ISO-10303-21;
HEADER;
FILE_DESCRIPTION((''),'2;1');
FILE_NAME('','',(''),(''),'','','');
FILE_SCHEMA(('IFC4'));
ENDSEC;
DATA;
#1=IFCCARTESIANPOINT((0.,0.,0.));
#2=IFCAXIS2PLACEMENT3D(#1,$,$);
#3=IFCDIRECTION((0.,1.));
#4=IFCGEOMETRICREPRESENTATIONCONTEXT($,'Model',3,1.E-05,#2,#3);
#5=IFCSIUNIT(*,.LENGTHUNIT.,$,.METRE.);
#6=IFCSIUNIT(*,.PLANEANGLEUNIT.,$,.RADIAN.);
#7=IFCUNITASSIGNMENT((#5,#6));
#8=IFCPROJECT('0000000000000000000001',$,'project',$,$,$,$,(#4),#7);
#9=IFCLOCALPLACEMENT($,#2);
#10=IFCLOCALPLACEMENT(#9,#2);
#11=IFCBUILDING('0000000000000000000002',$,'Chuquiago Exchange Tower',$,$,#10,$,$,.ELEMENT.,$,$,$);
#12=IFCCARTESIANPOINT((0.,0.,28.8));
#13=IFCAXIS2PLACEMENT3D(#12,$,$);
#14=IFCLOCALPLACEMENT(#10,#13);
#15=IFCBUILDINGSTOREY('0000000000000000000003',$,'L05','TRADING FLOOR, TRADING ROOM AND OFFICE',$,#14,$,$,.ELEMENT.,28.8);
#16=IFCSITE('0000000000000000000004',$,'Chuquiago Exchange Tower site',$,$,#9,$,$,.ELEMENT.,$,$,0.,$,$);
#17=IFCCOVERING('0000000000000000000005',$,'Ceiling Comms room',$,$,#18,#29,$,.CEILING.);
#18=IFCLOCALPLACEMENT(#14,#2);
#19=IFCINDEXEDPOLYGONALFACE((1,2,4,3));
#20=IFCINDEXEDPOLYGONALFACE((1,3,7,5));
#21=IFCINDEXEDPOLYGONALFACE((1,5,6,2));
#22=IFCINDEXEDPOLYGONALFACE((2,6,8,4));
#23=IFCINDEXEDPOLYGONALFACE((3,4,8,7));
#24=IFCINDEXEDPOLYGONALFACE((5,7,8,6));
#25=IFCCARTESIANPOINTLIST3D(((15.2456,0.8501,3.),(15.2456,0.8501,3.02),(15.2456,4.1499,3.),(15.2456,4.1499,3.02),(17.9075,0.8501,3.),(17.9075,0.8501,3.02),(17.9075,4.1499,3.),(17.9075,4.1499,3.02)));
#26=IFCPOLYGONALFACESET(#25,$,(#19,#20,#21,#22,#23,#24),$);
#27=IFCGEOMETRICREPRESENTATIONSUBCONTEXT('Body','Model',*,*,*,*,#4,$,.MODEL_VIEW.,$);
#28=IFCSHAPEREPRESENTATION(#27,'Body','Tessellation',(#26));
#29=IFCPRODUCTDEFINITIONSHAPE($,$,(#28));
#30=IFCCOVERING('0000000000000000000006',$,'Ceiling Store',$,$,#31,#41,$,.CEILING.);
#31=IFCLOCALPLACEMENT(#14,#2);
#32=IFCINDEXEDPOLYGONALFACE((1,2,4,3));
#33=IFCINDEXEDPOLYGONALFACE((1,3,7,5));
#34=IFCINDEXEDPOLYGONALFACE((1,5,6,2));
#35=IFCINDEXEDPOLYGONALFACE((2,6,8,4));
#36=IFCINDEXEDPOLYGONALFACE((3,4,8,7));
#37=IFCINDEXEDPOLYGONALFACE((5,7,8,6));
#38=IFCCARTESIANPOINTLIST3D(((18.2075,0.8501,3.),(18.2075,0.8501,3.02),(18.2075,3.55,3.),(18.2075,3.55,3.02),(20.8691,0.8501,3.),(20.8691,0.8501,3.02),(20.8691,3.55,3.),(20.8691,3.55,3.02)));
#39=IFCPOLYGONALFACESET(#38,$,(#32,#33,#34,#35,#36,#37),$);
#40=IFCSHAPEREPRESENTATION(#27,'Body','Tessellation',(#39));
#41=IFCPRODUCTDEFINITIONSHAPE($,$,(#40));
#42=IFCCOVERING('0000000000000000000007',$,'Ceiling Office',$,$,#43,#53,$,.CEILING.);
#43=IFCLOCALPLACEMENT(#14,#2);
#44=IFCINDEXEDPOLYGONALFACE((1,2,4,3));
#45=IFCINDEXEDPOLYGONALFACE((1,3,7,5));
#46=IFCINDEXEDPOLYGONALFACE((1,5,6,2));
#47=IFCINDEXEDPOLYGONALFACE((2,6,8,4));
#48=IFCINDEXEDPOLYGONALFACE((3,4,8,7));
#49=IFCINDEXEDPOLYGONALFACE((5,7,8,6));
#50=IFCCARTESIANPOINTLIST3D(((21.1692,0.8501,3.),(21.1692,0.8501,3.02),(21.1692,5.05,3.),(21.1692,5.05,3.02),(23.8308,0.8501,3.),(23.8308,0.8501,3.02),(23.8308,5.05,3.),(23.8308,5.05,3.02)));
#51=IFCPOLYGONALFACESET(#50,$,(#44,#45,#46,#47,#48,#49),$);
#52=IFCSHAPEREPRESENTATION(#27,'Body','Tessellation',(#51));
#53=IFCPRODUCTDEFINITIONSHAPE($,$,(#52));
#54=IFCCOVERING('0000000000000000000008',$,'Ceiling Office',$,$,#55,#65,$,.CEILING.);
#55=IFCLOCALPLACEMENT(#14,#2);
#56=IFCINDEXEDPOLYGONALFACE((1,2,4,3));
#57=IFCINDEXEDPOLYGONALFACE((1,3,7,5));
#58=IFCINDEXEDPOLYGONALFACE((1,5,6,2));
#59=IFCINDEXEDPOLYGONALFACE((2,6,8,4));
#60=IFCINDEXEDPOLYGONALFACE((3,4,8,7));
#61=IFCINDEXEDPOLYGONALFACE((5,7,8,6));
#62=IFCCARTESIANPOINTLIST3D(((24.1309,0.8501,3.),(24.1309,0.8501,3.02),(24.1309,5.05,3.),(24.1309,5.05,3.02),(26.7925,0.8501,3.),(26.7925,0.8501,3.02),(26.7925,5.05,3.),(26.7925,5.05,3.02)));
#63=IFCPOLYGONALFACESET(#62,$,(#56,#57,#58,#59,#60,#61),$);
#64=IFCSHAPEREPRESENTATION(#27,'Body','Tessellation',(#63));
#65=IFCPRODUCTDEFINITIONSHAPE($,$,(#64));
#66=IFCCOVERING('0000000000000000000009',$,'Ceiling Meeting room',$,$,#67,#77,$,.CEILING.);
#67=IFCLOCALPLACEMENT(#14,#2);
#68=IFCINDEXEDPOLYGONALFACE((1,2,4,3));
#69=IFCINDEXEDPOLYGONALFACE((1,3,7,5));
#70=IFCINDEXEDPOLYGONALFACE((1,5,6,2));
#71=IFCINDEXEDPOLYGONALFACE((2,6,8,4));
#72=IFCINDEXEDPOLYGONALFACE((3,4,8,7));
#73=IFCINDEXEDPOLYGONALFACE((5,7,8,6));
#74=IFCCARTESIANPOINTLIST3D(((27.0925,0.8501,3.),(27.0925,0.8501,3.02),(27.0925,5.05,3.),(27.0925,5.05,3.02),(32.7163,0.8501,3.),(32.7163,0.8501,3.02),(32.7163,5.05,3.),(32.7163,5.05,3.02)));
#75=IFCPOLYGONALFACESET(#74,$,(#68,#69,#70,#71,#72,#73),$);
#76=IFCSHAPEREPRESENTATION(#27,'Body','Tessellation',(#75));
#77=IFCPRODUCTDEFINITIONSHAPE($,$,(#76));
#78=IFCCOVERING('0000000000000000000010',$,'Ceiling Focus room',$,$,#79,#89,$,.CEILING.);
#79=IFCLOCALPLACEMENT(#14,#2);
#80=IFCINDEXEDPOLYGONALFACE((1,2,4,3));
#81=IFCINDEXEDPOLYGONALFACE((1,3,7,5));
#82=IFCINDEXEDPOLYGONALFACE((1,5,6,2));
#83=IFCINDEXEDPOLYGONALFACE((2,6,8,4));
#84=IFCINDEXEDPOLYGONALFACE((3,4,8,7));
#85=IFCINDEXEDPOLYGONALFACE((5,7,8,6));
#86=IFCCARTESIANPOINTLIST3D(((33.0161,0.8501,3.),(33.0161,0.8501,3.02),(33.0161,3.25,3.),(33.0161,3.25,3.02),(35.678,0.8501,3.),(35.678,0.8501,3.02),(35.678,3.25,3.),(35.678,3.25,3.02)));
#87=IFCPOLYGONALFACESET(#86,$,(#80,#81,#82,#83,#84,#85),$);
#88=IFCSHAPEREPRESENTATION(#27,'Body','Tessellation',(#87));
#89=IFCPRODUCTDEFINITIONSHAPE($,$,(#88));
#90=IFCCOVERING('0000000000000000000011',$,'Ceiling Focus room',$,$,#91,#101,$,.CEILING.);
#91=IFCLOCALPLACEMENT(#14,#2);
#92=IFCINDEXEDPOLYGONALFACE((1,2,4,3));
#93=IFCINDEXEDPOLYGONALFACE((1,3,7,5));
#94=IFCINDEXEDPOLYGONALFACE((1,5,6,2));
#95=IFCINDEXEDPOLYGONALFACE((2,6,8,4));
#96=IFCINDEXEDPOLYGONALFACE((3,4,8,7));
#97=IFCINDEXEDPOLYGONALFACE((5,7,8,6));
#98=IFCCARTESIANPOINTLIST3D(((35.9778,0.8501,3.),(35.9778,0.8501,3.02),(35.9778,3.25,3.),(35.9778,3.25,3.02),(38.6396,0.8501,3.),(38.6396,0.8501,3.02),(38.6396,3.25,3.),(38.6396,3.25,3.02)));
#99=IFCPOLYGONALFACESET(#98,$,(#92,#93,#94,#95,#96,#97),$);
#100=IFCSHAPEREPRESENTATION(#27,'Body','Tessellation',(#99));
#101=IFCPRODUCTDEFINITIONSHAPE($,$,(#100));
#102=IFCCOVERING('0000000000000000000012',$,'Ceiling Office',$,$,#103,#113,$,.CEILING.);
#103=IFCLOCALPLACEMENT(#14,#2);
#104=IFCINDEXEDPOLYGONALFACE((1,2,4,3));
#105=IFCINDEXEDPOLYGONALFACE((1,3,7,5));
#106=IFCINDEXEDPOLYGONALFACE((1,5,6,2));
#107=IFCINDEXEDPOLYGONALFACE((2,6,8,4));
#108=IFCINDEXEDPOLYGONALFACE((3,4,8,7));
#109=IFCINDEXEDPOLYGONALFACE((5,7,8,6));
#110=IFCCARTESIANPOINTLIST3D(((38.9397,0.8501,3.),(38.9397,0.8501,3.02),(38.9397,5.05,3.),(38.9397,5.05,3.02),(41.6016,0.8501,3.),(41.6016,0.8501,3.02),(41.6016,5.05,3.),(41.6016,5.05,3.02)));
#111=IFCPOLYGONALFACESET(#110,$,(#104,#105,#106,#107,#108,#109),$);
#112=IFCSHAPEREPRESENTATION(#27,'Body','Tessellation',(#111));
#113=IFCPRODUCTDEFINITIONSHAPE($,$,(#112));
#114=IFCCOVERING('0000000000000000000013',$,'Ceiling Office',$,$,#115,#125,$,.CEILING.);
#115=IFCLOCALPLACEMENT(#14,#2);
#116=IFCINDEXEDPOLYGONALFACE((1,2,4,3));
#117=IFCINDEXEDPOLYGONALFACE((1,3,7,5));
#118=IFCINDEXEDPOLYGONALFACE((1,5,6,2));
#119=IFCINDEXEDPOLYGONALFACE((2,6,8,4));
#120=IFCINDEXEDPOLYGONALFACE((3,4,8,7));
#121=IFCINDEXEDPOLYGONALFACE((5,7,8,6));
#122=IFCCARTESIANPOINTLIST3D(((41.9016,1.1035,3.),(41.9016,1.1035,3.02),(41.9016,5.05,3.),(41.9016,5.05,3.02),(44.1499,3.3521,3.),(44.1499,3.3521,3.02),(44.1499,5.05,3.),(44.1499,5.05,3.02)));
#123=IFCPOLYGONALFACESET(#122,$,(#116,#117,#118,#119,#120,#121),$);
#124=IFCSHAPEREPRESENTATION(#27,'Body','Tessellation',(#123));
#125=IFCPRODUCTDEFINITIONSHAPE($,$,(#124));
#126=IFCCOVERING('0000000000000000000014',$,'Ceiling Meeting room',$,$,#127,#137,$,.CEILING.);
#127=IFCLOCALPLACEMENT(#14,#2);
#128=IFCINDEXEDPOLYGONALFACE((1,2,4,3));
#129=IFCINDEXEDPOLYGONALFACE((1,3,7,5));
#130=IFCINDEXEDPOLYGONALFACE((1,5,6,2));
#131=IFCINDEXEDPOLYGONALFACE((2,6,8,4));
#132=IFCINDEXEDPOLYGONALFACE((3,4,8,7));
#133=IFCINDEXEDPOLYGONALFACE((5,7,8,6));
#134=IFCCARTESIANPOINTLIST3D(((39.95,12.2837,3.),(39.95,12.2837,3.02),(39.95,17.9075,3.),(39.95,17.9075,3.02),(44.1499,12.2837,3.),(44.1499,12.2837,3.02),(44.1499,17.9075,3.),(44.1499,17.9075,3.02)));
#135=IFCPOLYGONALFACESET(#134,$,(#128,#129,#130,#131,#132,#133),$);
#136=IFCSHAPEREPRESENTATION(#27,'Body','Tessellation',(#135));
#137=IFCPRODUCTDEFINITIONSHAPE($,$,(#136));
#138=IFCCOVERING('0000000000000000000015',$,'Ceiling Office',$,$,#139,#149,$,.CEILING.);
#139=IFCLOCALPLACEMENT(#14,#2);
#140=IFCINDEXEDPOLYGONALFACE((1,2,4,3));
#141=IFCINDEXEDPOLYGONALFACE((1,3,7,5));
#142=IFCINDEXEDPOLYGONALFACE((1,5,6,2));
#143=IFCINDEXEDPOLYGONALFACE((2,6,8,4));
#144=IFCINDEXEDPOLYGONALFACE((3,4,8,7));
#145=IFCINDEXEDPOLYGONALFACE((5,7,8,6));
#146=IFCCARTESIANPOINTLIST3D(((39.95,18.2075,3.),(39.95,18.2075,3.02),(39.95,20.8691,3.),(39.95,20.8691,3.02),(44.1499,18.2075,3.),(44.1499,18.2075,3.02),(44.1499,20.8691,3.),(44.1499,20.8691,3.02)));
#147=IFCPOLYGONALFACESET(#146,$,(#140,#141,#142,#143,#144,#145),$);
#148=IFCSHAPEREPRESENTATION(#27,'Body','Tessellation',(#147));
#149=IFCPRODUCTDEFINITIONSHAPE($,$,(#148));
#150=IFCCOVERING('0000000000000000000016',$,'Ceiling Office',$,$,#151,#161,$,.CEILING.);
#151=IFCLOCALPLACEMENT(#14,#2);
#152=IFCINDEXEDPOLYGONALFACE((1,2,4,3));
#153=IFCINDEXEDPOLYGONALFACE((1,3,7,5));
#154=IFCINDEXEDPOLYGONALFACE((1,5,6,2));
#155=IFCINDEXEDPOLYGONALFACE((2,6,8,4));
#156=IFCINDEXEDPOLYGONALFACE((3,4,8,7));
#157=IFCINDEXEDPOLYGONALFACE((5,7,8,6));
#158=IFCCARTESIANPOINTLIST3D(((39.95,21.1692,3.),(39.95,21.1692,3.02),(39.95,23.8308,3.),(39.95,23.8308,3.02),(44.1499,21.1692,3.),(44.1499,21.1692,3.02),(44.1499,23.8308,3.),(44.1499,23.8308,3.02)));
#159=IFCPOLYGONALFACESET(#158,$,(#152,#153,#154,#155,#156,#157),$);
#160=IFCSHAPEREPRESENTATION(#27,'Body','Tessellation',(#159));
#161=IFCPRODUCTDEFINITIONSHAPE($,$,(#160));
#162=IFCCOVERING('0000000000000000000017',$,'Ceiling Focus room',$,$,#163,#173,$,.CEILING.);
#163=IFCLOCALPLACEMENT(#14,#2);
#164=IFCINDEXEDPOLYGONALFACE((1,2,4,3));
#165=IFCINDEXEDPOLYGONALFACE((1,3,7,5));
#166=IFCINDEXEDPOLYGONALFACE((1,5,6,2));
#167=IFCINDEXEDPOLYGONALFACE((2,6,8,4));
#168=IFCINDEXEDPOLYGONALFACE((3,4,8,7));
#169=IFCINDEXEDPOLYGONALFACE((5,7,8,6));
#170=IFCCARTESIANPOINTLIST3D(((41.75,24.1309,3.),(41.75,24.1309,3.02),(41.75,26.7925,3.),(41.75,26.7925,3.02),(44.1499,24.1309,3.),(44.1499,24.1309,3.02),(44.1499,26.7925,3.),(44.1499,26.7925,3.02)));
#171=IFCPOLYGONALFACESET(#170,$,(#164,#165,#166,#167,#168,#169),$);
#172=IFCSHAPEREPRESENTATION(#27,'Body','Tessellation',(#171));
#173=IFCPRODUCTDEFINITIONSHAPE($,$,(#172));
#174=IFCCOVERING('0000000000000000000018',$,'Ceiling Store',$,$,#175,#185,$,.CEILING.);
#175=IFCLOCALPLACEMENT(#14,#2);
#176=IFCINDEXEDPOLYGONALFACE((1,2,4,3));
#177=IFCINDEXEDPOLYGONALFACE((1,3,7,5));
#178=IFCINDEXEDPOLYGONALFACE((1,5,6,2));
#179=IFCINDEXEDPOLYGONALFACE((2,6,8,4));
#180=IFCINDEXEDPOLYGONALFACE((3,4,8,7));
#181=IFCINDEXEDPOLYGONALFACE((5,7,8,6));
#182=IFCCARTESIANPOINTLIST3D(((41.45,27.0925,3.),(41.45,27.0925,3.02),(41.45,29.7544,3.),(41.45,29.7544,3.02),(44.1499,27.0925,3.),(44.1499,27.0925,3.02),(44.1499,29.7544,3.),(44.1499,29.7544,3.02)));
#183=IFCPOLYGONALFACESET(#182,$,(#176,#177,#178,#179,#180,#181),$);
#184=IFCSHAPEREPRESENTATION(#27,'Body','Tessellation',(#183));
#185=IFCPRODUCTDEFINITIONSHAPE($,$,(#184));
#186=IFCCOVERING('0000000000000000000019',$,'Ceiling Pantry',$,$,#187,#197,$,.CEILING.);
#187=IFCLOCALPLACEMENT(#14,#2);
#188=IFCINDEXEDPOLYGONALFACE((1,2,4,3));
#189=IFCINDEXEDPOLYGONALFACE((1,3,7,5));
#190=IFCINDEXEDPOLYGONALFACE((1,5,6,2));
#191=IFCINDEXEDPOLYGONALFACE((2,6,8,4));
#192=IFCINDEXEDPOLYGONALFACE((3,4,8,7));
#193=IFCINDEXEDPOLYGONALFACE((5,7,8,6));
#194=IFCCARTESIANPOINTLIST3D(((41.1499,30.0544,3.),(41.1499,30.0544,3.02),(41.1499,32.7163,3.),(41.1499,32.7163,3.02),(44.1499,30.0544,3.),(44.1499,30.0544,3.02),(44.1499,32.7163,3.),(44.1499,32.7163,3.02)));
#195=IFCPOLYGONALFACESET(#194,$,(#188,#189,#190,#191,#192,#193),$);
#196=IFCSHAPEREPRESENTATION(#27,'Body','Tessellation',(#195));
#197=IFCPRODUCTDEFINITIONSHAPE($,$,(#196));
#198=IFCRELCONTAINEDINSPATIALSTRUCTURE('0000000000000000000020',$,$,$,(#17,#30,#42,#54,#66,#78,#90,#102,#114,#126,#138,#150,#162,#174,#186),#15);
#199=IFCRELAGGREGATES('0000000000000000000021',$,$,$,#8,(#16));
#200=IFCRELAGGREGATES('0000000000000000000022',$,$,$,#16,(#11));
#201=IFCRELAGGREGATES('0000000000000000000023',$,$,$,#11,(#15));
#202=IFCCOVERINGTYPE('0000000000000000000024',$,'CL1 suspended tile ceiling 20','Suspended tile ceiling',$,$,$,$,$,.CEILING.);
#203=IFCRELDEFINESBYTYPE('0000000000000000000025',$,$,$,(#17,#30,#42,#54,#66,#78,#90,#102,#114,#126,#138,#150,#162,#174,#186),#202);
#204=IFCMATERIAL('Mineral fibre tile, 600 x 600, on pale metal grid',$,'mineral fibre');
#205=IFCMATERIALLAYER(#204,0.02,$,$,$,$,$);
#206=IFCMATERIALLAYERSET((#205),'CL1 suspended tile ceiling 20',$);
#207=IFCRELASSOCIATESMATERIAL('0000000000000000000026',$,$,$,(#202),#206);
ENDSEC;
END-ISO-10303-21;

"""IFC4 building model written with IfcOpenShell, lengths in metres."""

from ifc_helpers import new_model, si_unit, direction, frame, origin, place, context, subcontext, project, spatial, polyline, outline, extrude, material, layer, layer_set, type_object, element, save


model = new_model("IFC4")

# Units and contexts
model_context = context("Model", 3, precision=1e-05, world=origin(), true_north=direction((0.0, 1.0)))
body_context = subcontext(model_context, "Body", "Model", "MODEL_VIEW")
ifc_project = project(units=[si_unit("LENGTHUNIT", "METRE"), si_unit("PLANEANGLEUNIT", "RADIAN")], contexts=[model_context])

# Site, building, storey
site_placement = place(None, origin())
site = spatial("IfcSite", under=ifc_project, at=site_placement, Name="Chuquiago Exchange Tower site", CompositionType="ELEMENT", RefElevation=0.0)
building_placement = place(site_placement, origin())
building = spatial("IfcBuilding", under=site, at=building_placement, Name="Chuquiago Exchange Tower", CompositionType="ELEMENT")
storey_placement = place(building_placement, frame((0.0, 0.0, 28.8)))
storey = spatial("IfcBuildingStorey", under=building, at=storey_placement, Name="L05", Description="TRADING FLOOR, TRADING ROOM AND OFFICE", CompositionType="ELEMENT", Elevation=28.8)

# Coverings
ifc_material_1 = material(Name="Mineral fibre tile, 600 x 600, on pale metal grid", Category="mineral fibre")
ifc_layer_1 = layer(ifc_material_1, 0.02)
ifc_layer_set_1 = layer_set([ifc_layer_1], Name="CL1 suspended tile ceiling 20")
covering_type_1 = type_object("IfcCoveringType", Name="CL1 suspended tile ceiling 20", Description="Suspended tile ceiling", PredefinedType="CEILING", material=ifc_layer_set_1)
covering_1_placement = place(storey_placement, frame((0.0, 0.0, 3.0)))
element("IfcCovering", 1, at=covering_1_placement, inside=storey, type_object=covering_type_1, Name="Ceiling Comms room", PredefinedType="CEILING", context=body_context, shape_type="SweptSolid", body=[
    extrude(outline(polyline([(15.2456, 4.1499), (17.9075, 4.1499), (17.9075, 0.8501), (15.2456, 0.8501), (15.2456, 4.1499)])), origin(), (0.0, 0.0, 1.0), 0.02),
])
covering_2_placement = place(storey_placement, frame((0.0, 0.0, 3.0)))
element("IfcCovering", 2, at=covering_2_placement, inside=storey, type_object=covering_type_1, Name="Ceiling Store", PredefinedType="CEILING", context=body_context, shape_type="SweptSolid", body=[
    extrude(outline(polyline([(18.2075, 3.55), (20.8691, 3.55), (20.8691, 0.8501), (18.2075, 0.8501), (18.2075, 3.55)])), origin(), (0.0, 0.0, 1.0), 0.02),
])
covering_3_placement = place(storey_placement, frame((0.0, 0.0, 3.0)))
element("IfcCovering", 3, at=covering_3_placement, inside=storey, type_object=covering_type_1, Name="Ceiling Office", PredefinedType="CEILING", context=body_context, shape_type="SweptSolid", body=[
    extrude(outline(polyline([(21.1692, 5.05), (23.8308, 5.05), (23.8308, 0.8501), (21.1692, 0.8501), (21.1692, 5.05)])), origin(), (0.0, 0.0, 1.0), 0.02),
])
covering_4_placement = place(storey_placement, frame((0.0, 0.0, 3.0)))
element("IfcCovering", 4, at=covering_4_placement, inside=storey, type_object=covering_type_1, Name="Ceiling Office", PredefinedType="CEILING", context=body_context, shape_type="SweptSolid", body=[
    extrude(outline(polyline([(24.1309, 5.05), (26.7925, 5.05), (26.7925, 0.8501), (24.1309, 0.8501), (24.1309, 5.05)])), origin(), (0.0, 0.0, 1.0), 0.02),
])
covering_5_placement = place(storey_placement, frame((0.0, 0.0, 3.0)))
element("IfcCovering", 5, at=covering_5_placement, inside=storey, type_object=covering_type_1, Name="Ceiling Meeting room", PredefinedType="CEILING", context=body_context, shape_type="SweptSolid", body=[
    extrude(outline(polyline([(27.0925, 5.05), (32.7163, 5.05), (32.7163, 0.8501), (27.0925, 0.8501), (27.0925, 5.05)])), origin(), (0.0, 0.0, 1.0), 0.02),
])
covering_6_placement = place(storey_placement, frame((0.0, 0.0, 3.0)))
element("IfcCovering", 6, at=covering_6_placement, inside=storey, type_object=covering_type_1, Name="Ceiling Focus room", PredefinedType="CEILING", context=body_context, shape_type="SweptSolid", body=[
    extrude(outline(polyline([(33.0161, 3.25), (35.678, 3.25), (35.678, 0.8501), (33.0161, 0.8501), (33.0161, 3.25)])), origin(), (0.0, 0.0, 1.0), 0.02),
])
covering_7_placement = place(storey_placement, frame((0.0, 0.0, 3.0)))
element("IfcCovering", 7, at=covering_7_placement, inside=storey, type_object=covering_type_1, Name="Ceiling Focus room", PredefinedType="CEILING", context=body_context, shape_type="SweptSolid", body=[
    extrude(outline(polyline([(35.9778, 3.25), (38.6396, 3.25), (38.6396, 0.8501), (35.9778, 0.8501), (35.9778, 3.25)])), origin(), (0.0, 0.0, 1.0), 0.02),
])
covering_8_placement = place(storey_placement, frame((0.0, 0.0, 3.0)))
element("IfcCovering", 8, at=covering_8_placement, inside=storey, type_object=covering_type_1, Name="Ceiling Office", PredefinedType="CEILING", context=body_context, shape_type="SweptSolid", body=[
    extrude(outline(polyline([(38.9397, 0.8501), (38.9397, 5.05), (41.6016, 5.05), (41.6016, 0.8501), (38.9397, 0.8501)])), origin(), (0.0, 0.0, 1.0), 0.02),
])
covering_9_placement = place(storey_placement, frame((0.0, 0.0, 3.0)))
element("IfcCovering", 9, at=covering_9_placement, inside=storey, type_object=covering_type_1, Name="Ceiling Office", PredefinedType="CEILING", context=body_context, shape_type="SweptSolid", body=[
    extrude(outline(polyline([(41.9016, 1.1035), (41.9016, 5.05), (44.1499, 5.05), (44.1499, 3.3521), (41.9016, 1.1035)])), origin(), (0.0, 0.0, 1.0), 0.02),
])
covering_10_placement = place(storey_placement, frame((0.0, 0.0, 3.0)))
element("IfcCovering", 10, at=covering_10_placement, inside=storey, type_object=covering_type_1, Name="Ceiling Meeting room", PredefinedType="CEILING", context=body_context, shape_type="SweptSolid", body=[
    extrude(outline(polyline([(39.95, 12.2837), (39.95, 17.9075), (44.1499, 17.9075), (44.1499, 12.2837), (39.95, 12.2837)])), origin(), (0.0, 0.0, 1.0), 0.02),
])
covering_11_placement = place(storey_placement, frame((0.0, 0.0, 3.0)))
element("IfcCovering", 11, at=covering_11_placement, inside=storey, type_object=covering_type_1, Name="Ceiling Office", PredefinedType="CEILING", context=body_context, shape_type="SweptSolid", body=[
    extrude(outline(polyline([(39.95, 18.2075), (39.95, 20.8691), (44.1499, 20.8691), (44.1499, 18.2075), (39.95, 18.2075)])), origin(), (0.0, 0.0, 1.0), 0.02),
])
covering_12_placement = place(storey_placement, frame((0.0, 0.0, 3.0)))
element("IfcCovering", 12, at=covering_12_placement, inside=storey, type_object=covering_type_1, Name="Ceiling Office", PredefinedType="CEILING", context=body_context, shape_type="SweptSolid", body=[
    extrude(outline(polyline([(39.95, 21.1692), (39.95, 23.8308), (44.1499, 23.8308), (44.1499, 21.1692), (39.95, 21.1692)])), origin(), (0.0, 0.0, 1.0), 0.02),
])
covering_13_placement = place(storey_placement, frame((0.0, 0.0, 3.0)))
element("IfcCovering", 13, at=covering_13_placement, inside=storey, type_object=covering_type_1, Name="Ceiling Focus room", PredefinedType="CEILING", context=body_context, shape_type="SweptSolid", body=[
    extrude(outline(polyline([(41.75, 24.1309), (41.75, 26.7925), (44.1499, 26.7925), (44.1499, 24.1309), (41.75, 24.1309)])), origin(), (0.0, 0.0, 1.0), 0.02),
])
covering_14_placement = place(storey_placement, frame((0.0, 0.0, 3.0)))
element("IfcCovering", 14, at=covering_14_placement, inside=storey, type_object=covering_type_1, Name="Ceiling Store", PredefinedType="CEILING", context=body_context, shape_type="SweptSolid", body=[
    extrude(outline(polyline([(41.45, 27.0925), (41.45, 29.7544), (44.1499, 29.7544), (44.1499, 27.0925), (41.45, 27.0925)])), origin(), (0.0, 0.0, 1.0), 0.02),
])
covering_15_placement = place(storey_placement, frame((0.0, 0.0, 3.0)))
element("IfcCovering", 15, at=covering_15_placement, inside=storey, type_object=covering_type_1, Name="Ceiling Pantry", PredefinedType="CEILING", context=body_context, shape_type="SweptSolid", body=[
    extrude(outline(polyline([(41.1499, 30.0544), (41.1499, 32.7163), (44.1499, 32.7163), (44.1499, 30.0544), (41.1499, 30.0544)])), origin(), (0.0, 0.0, 1.0), 0.02),
])

save(model, "model.ifc")
